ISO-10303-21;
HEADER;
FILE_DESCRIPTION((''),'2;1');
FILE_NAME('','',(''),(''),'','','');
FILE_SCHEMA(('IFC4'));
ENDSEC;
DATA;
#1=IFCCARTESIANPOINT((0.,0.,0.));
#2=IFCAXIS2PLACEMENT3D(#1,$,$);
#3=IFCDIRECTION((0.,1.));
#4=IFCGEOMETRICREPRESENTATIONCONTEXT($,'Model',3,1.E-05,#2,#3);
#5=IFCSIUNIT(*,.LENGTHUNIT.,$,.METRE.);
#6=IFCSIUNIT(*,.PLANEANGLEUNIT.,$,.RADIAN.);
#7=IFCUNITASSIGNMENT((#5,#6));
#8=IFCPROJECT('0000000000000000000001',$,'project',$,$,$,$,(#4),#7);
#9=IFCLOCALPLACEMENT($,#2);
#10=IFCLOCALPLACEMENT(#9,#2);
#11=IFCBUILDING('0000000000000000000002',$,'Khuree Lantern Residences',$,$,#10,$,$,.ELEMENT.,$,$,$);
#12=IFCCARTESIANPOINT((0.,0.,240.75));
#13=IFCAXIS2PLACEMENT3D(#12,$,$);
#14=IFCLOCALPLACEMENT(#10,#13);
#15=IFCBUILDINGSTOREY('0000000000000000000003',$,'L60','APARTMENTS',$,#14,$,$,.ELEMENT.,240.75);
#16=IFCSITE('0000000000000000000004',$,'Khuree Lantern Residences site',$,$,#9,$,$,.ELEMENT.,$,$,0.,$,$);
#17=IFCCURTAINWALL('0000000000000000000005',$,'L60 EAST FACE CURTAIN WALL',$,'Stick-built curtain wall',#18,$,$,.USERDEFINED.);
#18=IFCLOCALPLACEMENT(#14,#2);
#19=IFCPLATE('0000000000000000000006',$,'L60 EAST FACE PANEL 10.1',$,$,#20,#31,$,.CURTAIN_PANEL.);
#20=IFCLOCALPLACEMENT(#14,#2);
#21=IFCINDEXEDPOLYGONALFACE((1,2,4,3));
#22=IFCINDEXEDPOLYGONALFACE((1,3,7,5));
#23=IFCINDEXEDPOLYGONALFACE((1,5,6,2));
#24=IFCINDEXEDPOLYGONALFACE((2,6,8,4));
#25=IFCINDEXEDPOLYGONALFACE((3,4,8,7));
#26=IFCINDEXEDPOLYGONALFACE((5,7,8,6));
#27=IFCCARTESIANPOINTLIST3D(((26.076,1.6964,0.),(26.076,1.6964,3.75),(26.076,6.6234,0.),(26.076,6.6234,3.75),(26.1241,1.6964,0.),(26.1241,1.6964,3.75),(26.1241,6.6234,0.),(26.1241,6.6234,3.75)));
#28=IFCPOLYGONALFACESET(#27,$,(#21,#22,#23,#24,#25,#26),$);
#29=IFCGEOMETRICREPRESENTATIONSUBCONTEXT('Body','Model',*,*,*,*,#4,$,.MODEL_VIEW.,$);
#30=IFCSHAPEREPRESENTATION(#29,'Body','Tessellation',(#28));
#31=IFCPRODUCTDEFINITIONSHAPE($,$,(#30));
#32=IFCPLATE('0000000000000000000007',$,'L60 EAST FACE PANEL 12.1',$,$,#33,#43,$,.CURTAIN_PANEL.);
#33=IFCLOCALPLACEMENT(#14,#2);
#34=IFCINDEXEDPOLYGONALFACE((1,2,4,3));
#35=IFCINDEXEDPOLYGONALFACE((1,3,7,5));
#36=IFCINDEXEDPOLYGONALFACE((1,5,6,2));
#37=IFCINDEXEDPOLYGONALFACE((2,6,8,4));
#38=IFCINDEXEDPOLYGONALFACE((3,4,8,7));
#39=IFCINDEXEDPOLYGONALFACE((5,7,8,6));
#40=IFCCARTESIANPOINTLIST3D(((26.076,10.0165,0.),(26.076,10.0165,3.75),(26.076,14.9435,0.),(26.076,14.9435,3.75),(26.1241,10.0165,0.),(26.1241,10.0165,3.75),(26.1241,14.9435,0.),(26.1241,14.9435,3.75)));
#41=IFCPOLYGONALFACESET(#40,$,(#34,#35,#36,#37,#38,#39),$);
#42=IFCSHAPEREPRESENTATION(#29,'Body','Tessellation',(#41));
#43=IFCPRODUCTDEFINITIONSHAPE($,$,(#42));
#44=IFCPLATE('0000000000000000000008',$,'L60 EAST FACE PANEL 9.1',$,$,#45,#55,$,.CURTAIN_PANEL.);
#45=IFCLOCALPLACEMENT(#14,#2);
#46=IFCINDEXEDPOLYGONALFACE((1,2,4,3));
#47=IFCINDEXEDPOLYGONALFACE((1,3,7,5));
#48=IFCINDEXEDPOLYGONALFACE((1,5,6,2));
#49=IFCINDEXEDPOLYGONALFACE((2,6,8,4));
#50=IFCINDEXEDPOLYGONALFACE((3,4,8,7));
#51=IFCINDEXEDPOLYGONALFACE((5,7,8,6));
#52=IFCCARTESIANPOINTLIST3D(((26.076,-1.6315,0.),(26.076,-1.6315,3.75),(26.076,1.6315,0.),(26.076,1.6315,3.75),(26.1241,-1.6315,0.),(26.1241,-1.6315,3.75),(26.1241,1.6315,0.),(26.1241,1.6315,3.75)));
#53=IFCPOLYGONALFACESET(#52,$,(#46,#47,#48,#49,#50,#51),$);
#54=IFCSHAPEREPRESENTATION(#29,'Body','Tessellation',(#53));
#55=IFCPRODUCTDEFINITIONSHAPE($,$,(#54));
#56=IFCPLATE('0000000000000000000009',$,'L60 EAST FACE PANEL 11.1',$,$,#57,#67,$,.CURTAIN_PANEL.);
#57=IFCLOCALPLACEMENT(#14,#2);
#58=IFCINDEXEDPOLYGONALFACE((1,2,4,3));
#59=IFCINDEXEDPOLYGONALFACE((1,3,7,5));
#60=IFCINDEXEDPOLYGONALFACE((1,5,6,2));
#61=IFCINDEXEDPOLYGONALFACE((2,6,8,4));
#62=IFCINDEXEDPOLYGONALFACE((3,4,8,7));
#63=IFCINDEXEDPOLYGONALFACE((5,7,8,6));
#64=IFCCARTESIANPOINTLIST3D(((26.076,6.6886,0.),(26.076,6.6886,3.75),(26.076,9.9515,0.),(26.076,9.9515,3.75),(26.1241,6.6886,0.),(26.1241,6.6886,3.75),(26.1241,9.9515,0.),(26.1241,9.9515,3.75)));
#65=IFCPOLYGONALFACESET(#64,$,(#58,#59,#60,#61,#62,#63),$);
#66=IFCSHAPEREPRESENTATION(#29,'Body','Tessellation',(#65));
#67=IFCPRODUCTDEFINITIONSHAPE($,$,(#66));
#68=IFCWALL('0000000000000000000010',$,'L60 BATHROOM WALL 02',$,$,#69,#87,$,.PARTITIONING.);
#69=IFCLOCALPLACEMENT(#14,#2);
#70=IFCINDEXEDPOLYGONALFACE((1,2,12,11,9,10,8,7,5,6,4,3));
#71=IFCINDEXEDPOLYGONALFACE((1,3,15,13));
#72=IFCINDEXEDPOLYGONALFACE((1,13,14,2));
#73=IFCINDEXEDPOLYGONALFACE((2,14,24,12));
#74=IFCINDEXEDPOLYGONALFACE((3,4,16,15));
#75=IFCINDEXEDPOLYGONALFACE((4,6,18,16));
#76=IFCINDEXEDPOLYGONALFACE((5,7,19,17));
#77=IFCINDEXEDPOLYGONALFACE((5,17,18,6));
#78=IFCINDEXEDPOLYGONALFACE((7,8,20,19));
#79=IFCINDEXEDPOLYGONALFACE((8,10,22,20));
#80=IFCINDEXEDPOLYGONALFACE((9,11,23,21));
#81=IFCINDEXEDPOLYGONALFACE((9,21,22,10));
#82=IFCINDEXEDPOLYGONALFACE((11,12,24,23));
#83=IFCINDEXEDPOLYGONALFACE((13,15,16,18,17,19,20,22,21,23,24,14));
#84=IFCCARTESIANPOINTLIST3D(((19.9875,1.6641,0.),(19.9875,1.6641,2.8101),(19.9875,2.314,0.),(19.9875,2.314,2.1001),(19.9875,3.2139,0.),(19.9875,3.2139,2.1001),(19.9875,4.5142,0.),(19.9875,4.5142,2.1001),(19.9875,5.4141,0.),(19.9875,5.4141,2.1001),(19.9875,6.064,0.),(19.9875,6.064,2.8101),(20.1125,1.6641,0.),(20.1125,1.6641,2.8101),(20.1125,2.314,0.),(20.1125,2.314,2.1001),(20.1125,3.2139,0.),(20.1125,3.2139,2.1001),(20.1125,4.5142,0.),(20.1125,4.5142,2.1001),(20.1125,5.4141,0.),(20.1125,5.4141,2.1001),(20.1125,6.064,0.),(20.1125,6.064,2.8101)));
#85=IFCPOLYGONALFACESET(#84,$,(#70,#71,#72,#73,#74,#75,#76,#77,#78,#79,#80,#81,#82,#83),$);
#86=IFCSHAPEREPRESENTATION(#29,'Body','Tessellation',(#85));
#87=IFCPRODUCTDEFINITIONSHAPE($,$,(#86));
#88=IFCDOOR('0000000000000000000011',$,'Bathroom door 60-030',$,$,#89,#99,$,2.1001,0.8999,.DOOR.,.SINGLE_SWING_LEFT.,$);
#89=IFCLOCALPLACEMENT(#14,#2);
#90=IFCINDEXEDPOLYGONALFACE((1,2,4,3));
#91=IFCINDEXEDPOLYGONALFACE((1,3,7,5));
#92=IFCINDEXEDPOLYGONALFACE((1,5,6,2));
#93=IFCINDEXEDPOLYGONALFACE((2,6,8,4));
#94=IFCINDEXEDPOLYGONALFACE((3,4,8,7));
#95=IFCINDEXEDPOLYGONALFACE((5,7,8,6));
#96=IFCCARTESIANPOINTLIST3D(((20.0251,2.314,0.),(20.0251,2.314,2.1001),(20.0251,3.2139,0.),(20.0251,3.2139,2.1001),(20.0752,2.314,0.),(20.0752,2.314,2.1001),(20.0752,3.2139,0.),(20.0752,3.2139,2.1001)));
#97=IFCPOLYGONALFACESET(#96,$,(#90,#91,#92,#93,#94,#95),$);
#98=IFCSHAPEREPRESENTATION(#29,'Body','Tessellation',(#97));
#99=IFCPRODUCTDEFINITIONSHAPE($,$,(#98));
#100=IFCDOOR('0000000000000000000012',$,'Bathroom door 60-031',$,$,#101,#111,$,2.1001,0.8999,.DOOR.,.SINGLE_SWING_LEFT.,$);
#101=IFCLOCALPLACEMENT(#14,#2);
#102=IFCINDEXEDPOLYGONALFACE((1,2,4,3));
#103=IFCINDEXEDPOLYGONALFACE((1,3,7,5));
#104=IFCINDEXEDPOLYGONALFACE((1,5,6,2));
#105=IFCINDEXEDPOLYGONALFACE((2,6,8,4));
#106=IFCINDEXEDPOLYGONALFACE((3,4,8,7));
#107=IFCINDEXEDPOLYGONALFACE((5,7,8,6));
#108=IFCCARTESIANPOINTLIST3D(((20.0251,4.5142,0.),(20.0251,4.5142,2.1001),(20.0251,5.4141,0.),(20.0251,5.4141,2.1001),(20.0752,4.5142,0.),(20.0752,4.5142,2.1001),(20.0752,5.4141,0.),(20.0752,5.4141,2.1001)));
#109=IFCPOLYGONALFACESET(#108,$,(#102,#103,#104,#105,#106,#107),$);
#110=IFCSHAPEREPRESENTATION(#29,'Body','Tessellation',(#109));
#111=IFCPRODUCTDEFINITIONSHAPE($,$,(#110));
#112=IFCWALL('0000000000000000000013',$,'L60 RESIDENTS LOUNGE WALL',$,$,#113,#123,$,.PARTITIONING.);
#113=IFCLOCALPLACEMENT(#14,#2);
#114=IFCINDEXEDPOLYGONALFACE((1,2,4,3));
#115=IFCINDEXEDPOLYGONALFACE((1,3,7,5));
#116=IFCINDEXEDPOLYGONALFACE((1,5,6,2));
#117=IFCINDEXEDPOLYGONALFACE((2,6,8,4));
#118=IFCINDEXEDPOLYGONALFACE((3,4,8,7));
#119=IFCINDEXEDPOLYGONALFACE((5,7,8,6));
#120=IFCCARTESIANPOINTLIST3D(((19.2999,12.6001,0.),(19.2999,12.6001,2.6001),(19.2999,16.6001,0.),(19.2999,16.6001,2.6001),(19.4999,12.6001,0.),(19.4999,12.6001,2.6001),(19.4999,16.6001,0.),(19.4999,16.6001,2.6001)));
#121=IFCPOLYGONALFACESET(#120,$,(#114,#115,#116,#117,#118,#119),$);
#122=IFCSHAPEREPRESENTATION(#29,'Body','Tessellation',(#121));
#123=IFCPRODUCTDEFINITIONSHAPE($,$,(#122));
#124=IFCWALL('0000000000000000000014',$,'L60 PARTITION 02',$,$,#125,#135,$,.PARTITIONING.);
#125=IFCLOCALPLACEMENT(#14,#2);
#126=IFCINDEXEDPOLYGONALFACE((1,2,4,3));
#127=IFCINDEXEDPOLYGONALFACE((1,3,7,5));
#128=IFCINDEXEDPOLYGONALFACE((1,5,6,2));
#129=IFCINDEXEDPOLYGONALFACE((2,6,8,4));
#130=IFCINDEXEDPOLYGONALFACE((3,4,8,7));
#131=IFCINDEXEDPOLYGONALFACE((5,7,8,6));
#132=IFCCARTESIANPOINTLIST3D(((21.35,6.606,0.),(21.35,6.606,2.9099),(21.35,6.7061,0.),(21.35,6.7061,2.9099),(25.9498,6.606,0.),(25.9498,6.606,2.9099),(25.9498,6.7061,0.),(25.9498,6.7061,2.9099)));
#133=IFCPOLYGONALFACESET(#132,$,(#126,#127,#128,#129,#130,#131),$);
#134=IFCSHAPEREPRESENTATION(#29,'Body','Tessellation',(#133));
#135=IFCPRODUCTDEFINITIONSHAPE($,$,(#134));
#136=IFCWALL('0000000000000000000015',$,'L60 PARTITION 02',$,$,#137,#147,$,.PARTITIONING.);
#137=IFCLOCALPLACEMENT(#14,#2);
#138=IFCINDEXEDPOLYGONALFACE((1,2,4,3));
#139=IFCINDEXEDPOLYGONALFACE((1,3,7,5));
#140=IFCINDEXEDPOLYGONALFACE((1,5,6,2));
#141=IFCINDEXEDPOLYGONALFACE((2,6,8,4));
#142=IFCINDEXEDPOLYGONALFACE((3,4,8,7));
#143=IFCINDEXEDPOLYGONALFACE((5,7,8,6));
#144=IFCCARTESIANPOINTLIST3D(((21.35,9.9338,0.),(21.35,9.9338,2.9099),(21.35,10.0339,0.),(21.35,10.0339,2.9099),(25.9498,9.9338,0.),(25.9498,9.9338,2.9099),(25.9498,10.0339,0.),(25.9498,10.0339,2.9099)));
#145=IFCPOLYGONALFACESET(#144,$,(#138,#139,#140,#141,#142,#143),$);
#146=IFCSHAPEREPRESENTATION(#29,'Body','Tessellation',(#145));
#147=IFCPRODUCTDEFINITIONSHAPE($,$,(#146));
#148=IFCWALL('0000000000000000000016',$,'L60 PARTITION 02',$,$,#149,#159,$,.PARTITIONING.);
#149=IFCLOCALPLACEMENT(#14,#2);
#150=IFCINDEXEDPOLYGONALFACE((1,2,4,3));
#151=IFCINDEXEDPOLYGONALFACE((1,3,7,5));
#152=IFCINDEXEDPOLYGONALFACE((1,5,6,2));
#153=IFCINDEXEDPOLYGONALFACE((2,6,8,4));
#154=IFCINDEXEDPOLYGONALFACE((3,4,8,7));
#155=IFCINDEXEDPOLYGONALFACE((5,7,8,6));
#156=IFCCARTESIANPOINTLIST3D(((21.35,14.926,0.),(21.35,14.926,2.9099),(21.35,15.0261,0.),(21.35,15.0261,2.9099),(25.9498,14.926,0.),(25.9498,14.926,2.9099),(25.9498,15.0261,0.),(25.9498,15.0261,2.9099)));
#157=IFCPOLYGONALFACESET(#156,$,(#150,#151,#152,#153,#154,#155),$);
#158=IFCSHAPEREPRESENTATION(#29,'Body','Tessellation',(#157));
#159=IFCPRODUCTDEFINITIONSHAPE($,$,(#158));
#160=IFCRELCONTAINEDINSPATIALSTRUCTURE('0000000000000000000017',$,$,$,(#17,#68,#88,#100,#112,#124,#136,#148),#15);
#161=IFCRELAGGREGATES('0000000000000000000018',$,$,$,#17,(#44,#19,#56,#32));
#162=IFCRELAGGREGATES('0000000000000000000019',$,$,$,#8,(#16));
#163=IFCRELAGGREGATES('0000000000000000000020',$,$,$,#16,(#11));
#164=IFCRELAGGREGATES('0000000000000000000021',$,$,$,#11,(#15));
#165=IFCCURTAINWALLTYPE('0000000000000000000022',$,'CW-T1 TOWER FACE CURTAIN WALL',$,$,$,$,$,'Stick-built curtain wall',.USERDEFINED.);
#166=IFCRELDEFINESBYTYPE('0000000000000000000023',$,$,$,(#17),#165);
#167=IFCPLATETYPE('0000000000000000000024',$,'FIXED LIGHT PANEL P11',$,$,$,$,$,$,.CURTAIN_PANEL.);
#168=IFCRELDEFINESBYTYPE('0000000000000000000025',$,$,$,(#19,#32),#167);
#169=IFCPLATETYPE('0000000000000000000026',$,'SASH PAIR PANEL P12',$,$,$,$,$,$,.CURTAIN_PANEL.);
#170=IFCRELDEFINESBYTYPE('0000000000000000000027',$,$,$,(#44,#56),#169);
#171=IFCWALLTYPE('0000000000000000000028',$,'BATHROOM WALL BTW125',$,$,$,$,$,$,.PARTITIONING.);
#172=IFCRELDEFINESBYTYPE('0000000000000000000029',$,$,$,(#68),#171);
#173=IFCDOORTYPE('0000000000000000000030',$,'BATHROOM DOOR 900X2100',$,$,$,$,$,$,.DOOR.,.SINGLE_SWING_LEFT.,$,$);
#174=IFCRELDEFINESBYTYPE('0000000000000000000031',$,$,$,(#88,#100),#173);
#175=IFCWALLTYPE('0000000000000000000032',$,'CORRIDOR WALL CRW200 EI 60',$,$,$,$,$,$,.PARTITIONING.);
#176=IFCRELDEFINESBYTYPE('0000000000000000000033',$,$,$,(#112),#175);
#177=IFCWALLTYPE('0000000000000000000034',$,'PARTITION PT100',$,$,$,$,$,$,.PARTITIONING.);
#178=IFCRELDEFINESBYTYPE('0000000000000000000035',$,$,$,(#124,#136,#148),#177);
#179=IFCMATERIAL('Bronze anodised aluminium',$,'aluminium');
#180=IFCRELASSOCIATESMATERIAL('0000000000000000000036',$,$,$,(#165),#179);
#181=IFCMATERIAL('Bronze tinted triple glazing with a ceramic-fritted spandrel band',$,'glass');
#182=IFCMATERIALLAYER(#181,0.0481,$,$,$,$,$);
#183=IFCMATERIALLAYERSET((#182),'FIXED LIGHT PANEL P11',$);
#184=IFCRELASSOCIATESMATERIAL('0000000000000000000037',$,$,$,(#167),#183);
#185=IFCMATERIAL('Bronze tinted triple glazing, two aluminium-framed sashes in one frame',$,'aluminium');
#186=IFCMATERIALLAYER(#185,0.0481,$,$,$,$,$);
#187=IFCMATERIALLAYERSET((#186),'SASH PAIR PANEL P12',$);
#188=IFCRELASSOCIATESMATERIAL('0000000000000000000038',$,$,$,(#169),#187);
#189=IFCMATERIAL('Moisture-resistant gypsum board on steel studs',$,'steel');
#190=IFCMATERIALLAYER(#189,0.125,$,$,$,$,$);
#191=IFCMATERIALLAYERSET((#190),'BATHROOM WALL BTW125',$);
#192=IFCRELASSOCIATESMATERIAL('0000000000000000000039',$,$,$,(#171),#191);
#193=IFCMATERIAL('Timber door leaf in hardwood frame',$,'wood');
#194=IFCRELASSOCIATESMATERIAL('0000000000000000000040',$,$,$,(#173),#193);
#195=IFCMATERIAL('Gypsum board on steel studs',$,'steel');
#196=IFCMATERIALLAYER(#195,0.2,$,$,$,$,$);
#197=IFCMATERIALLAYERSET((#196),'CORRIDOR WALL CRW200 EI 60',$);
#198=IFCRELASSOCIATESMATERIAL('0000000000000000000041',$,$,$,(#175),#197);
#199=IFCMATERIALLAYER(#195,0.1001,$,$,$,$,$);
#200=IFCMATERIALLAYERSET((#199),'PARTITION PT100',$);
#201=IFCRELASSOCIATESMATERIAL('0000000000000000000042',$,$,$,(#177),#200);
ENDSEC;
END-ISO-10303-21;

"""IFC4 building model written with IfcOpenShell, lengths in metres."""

from ifc_helpers import new_model, si_unit, direction, frame, frame_2d, origin, origin_2d, place, context, subcontext, project, spatial, rectangle, extrude, material, layer, layer_set, type_object, element, fill, aggregate, save


model = new_model("IFC4")

# Units and contexts
model_context = context("Model", 3, precision=1e-05, world=origin(), true_north=direction((0.0, 1.0)))
body_context = subcontext(model_context, "Body", "Model", "MODEL_VIEW")
ifc_project = project(units=[si_unit("LENGTHUNIT", "METRE"), si_unit("PLANEANGLEUNIT", "RADIAN")], contexts=[model_context])

# Site, building, storey
site_placement = place(None, origin())
site = spatial("IfcSite", under=ifc_project, at=site_placement, Name="Khuree Lantern Residences site", CompositionType="ELEMENT", RefElevation=0.0)
building_placement = place(site_placement, origin())
building = spatial("IfcBuilding", under=site, at=building_placement, Name="Khuree Lantern Residences", CompositionType="ELEMENT")
storey_placement = place(building_placement, frame((0.0, 0.0, 240.75)))
storey = spatial("IfcBuildingStorey", under=building, at=storey_placement, Name="L60", Description="APARTMENTS", CompositionType="ELEMENT", Elevation=240.75)

# Curtain wall
ifc_material_1 = material(Name="Bronze anodised aluminium", Category="aluminium")
curtain_wall_type = type_object("IfcCurtainWallType", Name="CW-T1 TOWER FACE CURTAIN WALL", ElementType="Stick-built curtain wall", PredefinedType="USERDEFINED", material=ifc_material_1)
curtain_wall_placement = place(storey_placement, origin())
curtain_wall = element("IfcCurtainWall", 1, at=curtain_wall_placement, inside=storey, type_object=curtain_wall_type, Name="L60 EAST FACE CURTAIN WALL", ObjectType="Stick-built curtain wall", PredefinedType="USERDEFINED")

# Plates
ifc_material_2 = material(Name="Bronze tinted triple glazing with a ceramic-fritted spandrel band", Category="glass")
ifc_layer_1 = layer(ifc_material_2, 0.0481)
ifc_layer_set_1 = layer_set([ifc_layer_1], Name="FIXED LIGHT PANEL P11")
plate_type_1 = type_object("IfcPlateType", Name="FIXED LIGHT PANEL P11", PredefinedType="CURTAIN_PANEL", material=ifc_layer_set_1)
plate_1_placement = place(storey_placement, frame((26.1001, 4.1599, 0.0), z_axis=(0.0, 0.0, 1.0), x_axis=(0.0, 1.0, 0.0)))
plate_1 = element("IfcPlate", 2, at=plate_1_placement, type_object=plate_type_1, Name="L60 EAST FACE PANEL 10.1", PredefinedType="CURTAIN_PANEL", context=body_context, shape_type="SweptSolid", body=[
    extrude(rectangle(XDim=4.927, YDim=0.0481, at=origin_2d()), origin(), (0.0, 0.0, 1.0), 3.75),
])
plate_2_placement = place(storey_placement, frame((26.1001, 12.48, 0.0), z_axis=(0.0, 0.0, 1.0), x_axis=(0.0, 1.0, 0.0)))
plate_2 = element("IfcPlate", 3, at=plate_2_placement, type_object=plate_type_1, Name="L60 EAST FACE PANEL 12.1", PredefinedType="CURTAIN_PANEL", context=body_context, shape_type="SweptSolid", body=[
    extrude(rectangle(XDim=4.927, YDim=0.0481, at=origin_2d()), origin(), (0.0, 0.0, 1.0), 3.75),
])
ifc_material_3 = material(Name="Bronze tinted triple glazing, two aluminium-framed sashes in one frame", Category="aluminium")
ifc_layer_2 = layer(ifc_material_3, 0.0481)
ifc_layer_set_2 = layer_set([ifc_layer_2], Name="SASH PAIR PANEL P12")
plate_type_2 = type_object("IfcPlateType", Name="SASH PAIR PANEL P12", PredefinedType="CURTAIN_PANEL", material=ifc_layer_set_2)
plate_3_placement = place(storey_placement, frame((26.1001, 0.0, 0.0), z_axis=(0.0, 0.0, 1.0), x_axis=(0.0, 1.0, 0.0)))
plate_3 = element("IfcPlate", 4, at=plate_3_placement, type_object=plate_type_2, Name="L60 EAST FACE PANEL 9.1", PredefinedType="CURTAIN_PANEL", context=body_context, shape_type="SweptSolid", body=[
    extrude(rectangle(XDim=3.2629, YDim=0.0481, at=origin_2d()), origin(), (0.0, 0.0, 1.0), 3.75),
])
plate_4_placement = place(storey_placement, frame((26.1001, 8.3201, 0.0), z_axis=(0.0, 0.0, 1.0), x_axis=(0.0, 1.0, 0.0)))
plate_4 = element("IfcPlate", 5, at=plate_4_placement, type_object=plate_type_2, Name="L60 EAST FACE PANEL 11.1", PredefinedType="CURTAIN_PANEL", context=body_context, shape_type="SweptSolid", body=[
    extrude(rectangle(XDim=3.2629, YDim=0.0481, at=origin_2d()), origin(), (0.0, 0.0, 1.0), 3.75),
])
aggregate(curtain_wall, [plate_3, plate_1, plate_4, plate_2])

# Wall, openings, doors
ifc_material_4 = material(Name="Moisture-resistant gypsum board on steel studs", Category="steel")
ifc_layer_3 = layer(ifc_material_4, 0.125)
ifc_layer_set_3 = layer_set([ifc_layer_3], Name="BATHROOM WALL BTW125")
wall_type_1 = type_object("IfcWallType", Name="BATHROOM WALL BTW125", PredefinedType="PARTITIONING", material=ifc_layer_set_3)
wall_1_placement = place(storey_placement, frame((20.05, 1.6641, 0.0), z_axis=(0.0, 0.0, 1.0), x_axis=(0.0, 1.0, 0.0)))
wall_1 = element("IfcWall", 6, at=wall_1_placement, inside=storey, type_object=wall_type_1, Name="L60 BATHROOM WALL 02", PredefinedType="PARTITIONING", context=body_context, shape_type="SweptSolid", body=[
    extrude(rectangle(XDim=4.3999, YDim=0.125, at=frame_2d((2.2, 0.0))), origin(), (0.0, 0.0, 1.0), 2.8101),
])
opening_1_placement = place(wall_1_placement, frame((0.6499, 0.0, 0.0)))
opening_1 = element("IfcOpeningElement", 7, at=opening_1_placement, cuts=wall_1, PredefinedType="OPENING", context=body_context, shape_type="SweptSolid", body=[
    extrude(rectangle(XDim=0.8999, YDim=2.1001, at=frame_2d((0.45, 1.05))), frame((0.0, 0.0725, 0.0), z_axis=(0.0, -1.0, 0.0), x_axis=(1.0, 0.0, 0.0)), (0.0, 0.0, 1.0), 0.145),
])
opening_2_placement = place(wall_1_placement, frame((2.8501, 0.0, 0.0)))
opening_2 = element("IfcOpeningElement", 8, at=opening_2_placement, cuts=wall_1, PredefinedType="OPENING", context=body_context, shape_type="SweptSolid", body=[
    extrude(rectangle(XDim=0.8999, YDim=2.1001, at=frame_2d((0.45, 1.05))), frame((0.0, 0.0725, 0.0), z_axis=(0.0, -1.0, 0.0), x_axis=(1.0, 0.0, 0.0)), (0.0, 0.0, 1.0), 0.145),
])
ifc_material_5 = material(Name="Timber door leaf in hardwood frame", Category="wood")
door_type_1 = type_object("IfcDoorType", Name="BATHROOM DOOR 900X2100", OperationType="SINGLE_SWING_LEFT", PredefinedType="DOOR", material=ifc_material_5)
door_1_placement = place(opening_1_placement, origin())
door_1 = element("IfcDoor", 9, at=door_1_placement, inside=storey, type_object=door_type_1, Name="Bathroom door 60-030", OperationType="SINGLE_SWING_LEFT", OverallHeight=2.1001, OverallWidth=0.8999, PredefinedType="DOOR", context=body_context, shape_type="SweptSolid", body=[
    extrude(rectangle(XDim=0.8999, YDim=2.1001, at=frame_2d((0.45, 1.05))), frame((0.0, 0.0249, 0.0), z_axis=(0.0, -1.0, 0.0), x_axis=(1.0, 0.0, 0.0)), (0.0, 0.0, 1.0), 0.05),
])
fill(opening_1, door_1)
door_2_placement = place(opening_2_placement, origin())
door_2 = element("IfcDoor", 10, at=door_2_placement, inside=storey, type_object=door_type_1, Name="Bathroom door 60-031", OperationType="SINGLE_SWING_LEFT", OverallHeight=2.1001, OverallWidth=0.8999, PredefinedType="DOOR", context=body_context, shape_type="SweptSolid", body=[
    extrude(rectangle(XDim=0.8999, YDim=2.1001, at=frame_2d((0.45, 1.05))), frame((0.0, 0.0249, 0.0), z_axis=(0.0, -1.0, 0.0), x_axis=(1.0, 0.0, 0.0)), (0.0, 0.0, 1.0), 0.05),
])
fill(opening_2, door_2)

# Walls
ifc_material_6 = material(Name="Gypsum board on steel studs", Category="steel")
ifc_layer_4 = layer(ifc_material_6, 0.2)
ifc_layer_set_4 = layer_set([ifc_layer_4], Name="CORRIDOR WALL CRW200 EI 60")
wall_type_2 = type_object("IfcWallType", Name="CORRIDOR WALL CRW200 EI 60", PredefinedType="PARTITIONING", material=ifc_layer_set_4)
wall_2_placement = place(storey_placement, frame((19.3999, 12.6001, 0.0), z_axis=(0.0, 0.0, 1.0), x_axis=(0.0, 1.0, 0.0)))
element("IfcWall", 11, at=wall_2_placement, inside=storey, type_object=wall_type_2, Name="L60 RESIDENTS LOUNGE WALL", PredefinedType="PARTITIONING", context=body_context, shape_type="SweptSolid", body=[
    extrude(rectangle(XDim=4.0, YDim=0.2, at=frame_2d((2.0, 0.0))), origin(), (0.0, 0.0, 1.0), 2.6001),
])
ifc_layer_5 = layer(ifc_material_6, 0.1001)
ifc_layer_set_5 = layer_set([ifc_layer_5], Name="PARTITION PT100")
wall_type_3 = type_object("IfcWallType", Name="PARTITION PT100", PredefinedType="PARTITIONING", material=ifc_layer_set_5)
for number, where, z_axis, x_axis, name in (
    (12, (21.3501, 6.656, 0.0), (0.0, 0.0, 1.0), (1.0, 0.0, 0.0), "L60 PARTITION 02"),
    (13, (21.3501, 9.9839, 0.0), (0.0, 0.0, 1.0), (1.0, 0.0, 0.0), "L60 PARTITION 02"),
    (14, (21.3501, 14.9761, 0.0), (0.0, 0.0, 1.0), (1.0, 0.0, 0.0), "L60 PARTITION 02"),
):
    element("IfcWall", number, at=place(storey_placement, frame(where, z_axis=z_axis, x_axis=x_axis)), inside=storey, type_object=wall_type_3, Name=name, PredefinedType="PARTITIONING", context=body_context, shape_type="SweptSolid", body=[
        extrude(rectangle(XDim=4.5999, YDim=0.1001, at=frame_2d((2.2998, 0.0))), origin(), (0.0, 0.0, 1.0), 2.9099),
    ])

save(model, "model.ifc")
